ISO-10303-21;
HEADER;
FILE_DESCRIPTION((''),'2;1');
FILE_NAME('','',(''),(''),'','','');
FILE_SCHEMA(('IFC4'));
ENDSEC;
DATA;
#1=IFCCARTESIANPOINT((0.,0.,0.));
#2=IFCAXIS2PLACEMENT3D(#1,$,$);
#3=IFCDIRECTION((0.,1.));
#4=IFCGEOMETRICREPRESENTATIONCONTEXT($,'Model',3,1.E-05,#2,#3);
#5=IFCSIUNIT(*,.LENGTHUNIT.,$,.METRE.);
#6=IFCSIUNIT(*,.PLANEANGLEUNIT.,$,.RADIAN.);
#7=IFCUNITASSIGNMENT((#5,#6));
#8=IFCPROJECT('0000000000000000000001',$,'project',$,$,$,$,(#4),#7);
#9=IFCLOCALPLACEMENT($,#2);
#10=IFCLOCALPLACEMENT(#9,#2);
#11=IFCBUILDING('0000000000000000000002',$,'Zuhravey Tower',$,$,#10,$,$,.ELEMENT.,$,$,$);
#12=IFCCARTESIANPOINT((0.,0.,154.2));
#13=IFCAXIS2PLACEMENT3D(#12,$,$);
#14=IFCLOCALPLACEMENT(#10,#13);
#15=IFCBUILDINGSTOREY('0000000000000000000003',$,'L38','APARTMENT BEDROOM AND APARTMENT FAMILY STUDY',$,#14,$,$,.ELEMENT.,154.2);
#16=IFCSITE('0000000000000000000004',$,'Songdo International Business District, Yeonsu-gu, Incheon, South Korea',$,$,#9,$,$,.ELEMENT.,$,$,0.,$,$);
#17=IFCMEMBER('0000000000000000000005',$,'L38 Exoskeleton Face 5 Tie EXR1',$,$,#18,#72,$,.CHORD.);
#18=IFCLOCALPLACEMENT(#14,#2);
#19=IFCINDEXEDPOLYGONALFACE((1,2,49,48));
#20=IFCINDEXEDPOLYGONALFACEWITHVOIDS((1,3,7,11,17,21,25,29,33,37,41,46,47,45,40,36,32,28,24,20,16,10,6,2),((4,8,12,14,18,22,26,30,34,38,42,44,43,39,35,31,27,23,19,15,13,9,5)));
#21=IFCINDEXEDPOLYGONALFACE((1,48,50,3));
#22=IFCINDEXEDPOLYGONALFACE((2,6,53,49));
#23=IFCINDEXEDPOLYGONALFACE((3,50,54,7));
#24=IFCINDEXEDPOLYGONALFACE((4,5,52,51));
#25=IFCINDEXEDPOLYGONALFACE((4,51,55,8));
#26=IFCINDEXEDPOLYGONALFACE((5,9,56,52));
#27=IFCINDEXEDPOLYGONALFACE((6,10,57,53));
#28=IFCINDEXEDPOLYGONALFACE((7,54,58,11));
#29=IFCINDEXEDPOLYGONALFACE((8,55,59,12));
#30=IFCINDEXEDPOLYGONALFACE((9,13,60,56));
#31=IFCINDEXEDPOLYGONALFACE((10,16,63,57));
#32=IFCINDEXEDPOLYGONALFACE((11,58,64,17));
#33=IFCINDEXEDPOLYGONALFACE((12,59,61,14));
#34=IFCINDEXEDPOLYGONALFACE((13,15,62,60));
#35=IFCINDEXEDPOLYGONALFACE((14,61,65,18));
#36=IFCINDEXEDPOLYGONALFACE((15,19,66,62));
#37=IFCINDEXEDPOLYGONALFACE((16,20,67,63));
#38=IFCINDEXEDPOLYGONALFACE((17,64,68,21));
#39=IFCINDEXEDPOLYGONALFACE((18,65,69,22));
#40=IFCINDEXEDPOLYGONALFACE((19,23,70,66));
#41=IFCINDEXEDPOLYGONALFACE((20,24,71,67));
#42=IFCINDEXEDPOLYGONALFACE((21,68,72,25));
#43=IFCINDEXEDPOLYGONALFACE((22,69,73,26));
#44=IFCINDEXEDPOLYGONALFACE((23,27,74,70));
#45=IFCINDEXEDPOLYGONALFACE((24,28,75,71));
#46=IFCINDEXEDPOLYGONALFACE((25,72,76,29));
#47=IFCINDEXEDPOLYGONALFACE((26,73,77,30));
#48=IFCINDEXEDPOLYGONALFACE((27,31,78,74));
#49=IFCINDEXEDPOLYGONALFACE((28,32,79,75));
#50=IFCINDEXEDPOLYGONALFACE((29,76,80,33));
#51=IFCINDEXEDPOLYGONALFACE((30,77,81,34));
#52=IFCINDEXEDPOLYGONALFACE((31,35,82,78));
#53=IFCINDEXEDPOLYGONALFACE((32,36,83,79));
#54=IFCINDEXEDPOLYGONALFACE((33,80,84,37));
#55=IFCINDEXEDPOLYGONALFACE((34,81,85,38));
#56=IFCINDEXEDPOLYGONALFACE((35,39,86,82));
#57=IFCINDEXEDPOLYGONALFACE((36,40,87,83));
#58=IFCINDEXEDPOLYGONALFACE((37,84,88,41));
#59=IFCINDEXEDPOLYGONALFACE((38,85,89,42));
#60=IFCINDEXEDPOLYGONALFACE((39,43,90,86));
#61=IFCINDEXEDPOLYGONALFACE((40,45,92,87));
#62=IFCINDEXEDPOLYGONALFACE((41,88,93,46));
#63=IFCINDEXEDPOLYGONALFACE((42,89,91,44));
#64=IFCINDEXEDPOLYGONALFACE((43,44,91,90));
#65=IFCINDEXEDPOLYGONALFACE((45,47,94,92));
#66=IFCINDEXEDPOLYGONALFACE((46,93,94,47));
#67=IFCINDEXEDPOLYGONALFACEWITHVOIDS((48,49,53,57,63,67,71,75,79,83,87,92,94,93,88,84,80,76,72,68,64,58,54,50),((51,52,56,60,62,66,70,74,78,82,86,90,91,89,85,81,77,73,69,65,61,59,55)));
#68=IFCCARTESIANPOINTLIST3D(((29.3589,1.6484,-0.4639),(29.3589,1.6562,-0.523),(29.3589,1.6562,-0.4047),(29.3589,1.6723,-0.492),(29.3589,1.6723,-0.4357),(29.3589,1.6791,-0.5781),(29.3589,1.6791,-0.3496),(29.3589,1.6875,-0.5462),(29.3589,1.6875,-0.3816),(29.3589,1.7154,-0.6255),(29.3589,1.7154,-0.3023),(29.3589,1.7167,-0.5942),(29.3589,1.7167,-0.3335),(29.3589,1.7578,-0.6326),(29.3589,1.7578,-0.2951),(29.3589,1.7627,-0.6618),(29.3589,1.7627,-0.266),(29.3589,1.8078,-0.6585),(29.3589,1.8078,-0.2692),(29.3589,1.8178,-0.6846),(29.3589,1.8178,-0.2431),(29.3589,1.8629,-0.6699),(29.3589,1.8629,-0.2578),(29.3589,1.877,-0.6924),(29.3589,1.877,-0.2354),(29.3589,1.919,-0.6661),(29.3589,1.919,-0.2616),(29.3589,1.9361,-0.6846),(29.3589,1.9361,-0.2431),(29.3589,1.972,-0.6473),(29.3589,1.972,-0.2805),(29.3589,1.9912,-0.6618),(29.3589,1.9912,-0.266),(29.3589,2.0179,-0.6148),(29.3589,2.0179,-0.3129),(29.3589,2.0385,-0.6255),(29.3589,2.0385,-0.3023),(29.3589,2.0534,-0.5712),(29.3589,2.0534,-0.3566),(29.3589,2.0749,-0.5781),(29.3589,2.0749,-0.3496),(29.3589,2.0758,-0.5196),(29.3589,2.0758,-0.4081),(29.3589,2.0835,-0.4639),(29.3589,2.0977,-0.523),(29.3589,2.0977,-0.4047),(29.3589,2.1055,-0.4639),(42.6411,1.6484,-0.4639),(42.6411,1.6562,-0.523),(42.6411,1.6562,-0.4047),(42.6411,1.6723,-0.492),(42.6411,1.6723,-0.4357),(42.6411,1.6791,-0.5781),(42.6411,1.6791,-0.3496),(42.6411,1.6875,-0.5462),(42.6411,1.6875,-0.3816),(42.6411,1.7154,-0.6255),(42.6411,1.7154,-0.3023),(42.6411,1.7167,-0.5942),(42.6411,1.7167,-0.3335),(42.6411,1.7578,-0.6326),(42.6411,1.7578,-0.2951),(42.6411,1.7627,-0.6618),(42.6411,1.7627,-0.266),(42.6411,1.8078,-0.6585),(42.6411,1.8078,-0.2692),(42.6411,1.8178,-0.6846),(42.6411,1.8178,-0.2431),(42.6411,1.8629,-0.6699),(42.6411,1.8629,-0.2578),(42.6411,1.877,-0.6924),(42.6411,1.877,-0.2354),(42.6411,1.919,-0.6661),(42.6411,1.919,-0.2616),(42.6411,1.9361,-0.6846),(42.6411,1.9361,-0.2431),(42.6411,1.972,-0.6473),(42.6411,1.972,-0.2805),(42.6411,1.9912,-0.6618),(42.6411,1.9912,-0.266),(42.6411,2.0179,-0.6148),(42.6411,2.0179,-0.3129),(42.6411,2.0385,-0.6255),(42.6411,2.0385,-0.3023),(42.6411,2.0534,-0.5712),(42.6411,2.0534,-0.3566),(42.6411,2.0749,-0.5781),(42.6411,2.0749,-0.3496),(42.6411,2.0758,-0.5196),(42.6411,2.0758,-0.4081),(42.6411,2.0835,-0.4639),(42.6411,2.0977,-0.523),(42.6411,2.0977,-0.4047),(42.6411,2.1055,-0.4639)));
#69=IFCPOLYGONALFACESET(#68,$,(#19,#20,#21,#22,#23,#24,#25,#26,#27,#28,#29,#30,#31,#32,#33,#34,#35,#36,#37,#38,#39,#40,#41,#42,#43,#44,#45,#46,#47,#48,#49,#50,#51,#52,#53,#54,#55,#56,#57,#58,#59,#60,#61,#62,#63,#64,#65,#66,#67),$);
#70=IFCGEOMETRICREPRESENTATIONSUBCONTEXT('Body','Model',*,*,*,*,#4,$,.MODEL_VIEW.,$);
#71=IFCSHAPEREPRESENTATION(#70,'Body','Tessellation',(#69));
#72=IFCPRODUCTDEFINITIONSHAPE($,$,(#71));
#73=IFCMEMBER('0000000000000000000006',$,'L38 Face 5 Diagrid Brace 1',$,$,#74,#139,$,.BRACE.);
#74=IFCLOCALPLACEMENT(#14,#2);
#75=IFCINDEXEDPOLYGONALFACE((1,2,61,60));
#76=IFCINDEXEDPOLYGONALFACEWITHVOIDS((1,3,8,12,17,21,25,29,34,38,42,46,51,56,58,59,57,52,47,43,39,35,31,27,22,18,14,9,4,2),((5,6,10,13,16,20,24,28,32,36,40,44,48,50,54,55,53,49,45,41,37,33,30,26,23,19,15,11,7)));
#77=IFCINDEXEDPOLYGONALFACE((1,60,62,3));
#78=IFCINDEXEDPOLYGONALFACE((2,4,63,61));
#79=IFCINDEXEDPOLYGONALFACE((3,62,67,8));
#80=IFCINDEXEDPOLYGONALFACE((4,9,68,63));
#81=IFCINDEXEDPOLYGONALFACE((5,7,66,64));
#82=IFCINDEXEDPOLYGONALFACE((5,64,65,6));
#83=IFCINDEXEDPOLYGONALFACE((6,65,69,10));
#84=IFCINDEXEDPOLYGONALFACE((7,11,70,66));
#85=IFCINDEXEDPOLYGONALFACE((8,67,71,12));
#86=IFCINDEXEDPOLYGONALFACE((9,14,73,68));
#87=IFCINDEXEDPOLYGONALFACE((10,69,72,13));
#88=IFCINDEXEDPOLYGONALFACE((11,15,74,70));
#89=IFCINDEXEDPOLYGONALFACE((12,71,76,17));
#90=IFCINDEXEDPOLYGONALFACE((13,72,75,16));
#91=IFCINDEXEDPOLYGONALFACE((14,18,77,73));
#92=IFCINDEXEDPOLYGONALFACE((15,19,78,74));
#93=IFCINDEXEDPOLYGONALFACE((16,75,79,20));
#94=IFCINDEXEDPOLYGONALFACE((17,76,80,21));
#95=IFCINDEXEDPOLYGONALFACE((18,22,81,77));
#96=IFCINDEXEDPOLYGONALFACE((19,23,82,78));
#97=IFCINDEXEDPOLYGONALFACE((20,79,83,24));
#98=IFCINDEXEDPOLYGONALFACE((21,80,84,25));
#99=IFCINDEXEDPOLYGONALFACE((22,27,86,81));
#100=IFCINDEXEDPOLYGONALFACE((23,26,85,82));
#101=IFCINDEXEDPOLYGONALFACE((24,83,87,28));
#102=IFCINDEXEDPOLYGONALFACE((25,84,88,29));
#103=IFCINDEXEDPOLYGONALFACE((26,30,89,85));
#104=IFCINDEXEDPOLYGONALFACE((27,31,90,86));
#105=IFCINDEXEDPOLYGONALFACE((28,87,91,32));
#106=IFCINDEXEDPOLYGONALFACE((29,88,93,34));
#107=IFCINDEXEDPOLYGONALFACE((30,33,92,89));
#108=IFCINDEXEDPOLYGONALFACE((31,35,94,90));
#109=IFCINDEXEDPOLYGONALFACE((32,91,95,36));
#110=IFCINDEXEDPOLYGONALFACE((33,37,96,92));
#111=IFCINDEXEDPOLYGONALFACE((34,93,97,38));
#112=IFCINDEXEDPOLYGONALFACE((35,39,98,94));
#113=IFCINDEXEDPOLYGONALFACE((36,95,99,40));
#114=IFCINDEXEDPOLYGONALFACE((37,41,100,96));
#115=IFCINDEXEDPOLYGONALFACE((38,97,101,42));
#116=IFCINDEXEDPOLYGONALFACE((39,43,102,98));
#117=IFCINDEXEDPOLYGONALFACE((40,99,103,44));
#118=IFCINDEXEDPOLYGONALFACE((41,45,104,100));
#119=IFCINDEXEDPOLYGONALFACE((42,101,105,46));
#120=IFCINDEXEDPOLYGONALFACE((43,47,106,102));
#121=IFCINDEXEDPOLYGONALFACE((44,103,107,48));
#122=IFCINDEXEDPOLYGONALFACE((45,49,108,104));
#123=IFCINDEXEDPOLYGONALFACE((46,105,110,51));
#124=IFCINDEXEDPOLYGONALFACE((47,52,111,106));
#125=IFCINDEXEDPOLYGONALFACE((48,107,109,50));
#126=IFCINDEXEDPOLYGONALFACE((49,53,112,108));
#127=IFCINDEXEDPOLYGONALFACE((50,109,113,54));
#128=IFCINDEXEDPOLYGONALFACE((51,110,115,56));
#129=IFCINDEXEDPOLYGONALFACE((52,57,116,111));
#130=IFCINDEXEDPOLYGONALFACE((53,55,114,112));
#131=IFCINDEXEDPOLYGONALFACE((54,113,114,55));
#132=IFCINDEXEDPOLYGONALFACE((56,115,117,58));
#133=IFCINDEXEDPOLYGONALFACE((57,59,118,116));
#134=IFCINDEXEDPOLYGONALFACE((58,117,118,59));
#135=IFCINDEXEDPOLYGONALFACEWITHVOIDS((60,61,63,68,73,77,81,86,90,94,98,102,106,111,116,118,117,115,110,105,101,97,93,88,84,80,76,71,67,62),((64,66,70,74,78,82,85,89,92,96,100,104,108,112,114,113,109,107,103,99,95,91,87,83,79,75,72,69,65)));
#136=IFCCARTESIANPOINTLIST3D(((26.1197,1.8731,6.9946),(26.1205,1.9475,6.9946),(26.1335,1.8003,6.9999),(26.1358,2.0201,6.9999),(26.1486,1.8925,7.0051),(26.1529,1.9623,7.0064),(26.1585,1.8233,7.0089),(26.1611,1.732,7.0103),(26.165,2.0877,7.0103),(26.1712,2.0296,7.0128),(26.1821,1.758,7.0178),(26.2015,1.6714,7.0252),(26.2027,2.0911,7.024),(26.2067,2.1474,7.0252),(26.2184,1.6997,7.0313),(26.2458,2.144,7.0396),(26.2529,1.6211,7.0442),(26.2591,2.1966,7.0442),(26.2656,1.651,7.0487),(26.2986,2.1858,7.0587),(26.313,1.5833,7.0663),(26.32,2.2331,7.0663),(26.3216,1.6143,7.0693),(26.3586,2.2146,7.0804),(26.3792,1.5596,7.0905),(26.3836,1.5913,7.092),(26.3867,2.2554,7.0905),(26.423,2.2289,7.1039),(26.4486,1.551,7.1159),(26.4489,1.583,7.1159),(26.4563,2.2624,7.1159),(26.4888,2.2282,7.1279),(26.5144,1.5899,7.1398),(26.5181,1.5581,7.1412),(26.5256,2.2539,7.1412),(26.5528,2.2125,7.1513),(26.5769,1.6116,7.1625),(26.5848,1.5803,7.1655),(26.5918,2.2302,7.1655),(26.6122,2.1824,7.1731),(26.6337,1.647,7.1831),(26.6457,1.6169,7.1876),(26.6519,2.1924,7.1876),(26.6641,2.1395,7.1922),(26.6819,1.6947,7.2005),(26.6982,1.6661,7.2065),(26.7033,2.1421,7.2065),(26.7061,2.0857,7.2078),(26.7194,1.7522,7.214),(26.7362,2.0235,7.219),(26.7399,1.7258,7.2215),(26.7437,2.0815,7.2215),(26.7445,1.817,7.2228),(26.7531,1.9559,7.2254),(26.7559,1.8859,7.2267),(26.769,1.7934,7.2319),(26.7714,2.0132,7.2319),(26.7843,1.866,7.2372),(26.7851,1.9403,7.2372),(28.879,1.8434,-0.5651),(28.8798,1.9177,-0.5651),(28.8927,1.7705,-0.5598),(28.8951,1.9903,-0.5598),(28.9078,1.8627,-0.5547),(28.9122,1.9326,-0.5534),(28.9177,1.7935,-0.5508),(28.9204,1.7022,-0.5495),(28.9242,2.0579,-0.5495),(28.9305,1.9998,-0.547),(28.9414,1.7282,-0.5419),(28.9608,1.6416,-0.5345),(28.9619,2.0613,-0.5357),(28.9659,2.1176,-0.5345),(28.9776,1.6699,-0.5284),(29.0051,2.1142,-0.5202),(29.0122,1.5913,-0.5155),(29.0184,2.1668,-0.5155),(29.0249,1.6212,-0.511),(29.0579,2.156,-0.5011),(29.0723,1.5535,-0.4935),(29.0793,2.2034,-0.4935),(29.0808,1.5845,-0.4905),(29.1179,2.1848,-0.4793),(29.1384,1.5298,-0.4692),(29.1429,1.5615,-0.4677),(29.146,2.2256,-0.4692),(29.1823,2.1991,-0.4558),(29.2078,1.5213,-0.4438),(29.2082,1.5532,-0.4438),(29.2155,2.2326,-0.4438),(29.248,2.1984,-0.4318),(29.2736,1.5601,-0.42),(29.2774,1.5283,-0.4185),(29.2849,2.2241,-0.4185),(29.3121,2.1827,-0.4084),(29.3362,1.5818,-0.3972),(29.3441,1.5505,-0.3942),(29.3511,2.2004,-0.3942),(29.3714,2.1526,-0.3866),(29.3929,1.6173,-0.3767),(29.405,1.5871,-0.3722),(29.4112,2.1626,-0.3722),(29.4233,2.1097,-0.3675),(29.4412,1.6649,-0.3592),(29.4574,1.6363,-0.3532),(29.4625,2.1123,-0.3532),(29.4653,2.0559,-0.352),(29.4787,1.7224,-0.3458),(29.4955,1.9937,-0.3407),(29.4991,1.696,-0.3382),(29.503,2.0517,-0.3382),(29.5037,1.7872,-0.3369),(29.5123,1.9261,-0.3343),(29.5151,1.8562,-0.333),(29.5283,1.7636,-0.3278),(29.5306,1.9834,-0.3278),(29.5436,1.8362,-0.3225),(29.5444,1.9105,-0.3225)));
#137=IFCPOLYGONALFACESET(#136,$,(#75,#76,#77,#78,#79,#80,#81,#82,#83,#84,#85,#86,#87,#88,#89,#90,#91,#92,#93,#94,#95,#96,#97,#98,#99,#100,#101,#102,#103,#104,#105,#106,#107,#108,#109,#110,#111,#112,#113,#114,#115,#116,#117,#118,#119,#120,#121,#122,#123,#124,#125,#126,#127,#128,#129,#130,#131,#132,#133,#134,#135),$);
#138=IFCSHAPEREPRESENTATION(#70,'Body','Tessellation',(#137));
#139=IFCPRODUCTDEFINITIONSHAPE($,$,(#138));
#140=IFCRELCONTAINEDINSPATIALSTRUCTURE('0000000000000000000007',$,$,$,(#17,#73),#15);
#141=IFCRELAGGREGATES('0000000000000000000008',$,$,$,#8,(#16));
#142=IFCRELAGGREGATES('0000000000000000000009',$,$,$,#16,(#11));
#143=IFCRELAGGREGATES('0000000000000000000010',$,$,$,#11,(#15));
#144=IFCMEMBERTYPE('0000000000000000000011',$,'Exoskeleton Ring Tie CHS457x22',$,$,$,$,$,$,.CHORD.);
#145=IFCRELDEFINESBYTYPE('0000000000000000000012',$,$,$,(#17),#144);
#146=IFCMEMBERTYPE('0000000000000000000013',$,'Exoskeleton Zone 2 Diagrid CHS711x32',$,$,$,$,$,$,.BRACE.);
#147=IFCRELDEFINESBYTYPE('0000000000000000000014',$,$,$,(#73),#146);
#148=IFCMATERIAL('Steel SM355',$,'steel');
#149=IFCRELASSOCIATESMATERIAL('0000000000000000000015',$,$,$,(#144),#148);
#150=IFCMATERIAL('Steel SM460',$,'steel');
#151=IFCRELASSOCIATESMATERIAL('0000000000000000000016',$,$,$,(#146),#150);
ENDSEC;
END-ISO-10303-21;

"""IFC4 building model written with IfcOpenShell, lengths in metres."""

from ifc_helpers import new_model, si_unit, direction, frame, origin, origin_2d, place, context, subcontext, project, spatial, hollow_circle, extrude, material, material_profile, profile_set, type_object, element, save


model = new_model("IFC4")

# Units and contexts
model_context = context("Model", 3, precision=1e-05, world=origin(), true_north=direction((0.0, 1.0)))
body_context = subcontext(model_context, "Body", "Model", "MODEL_VIEW")
ifc_project = project(units=[si_unit("LENGTHUNIT", "METRE"), si_unit("PLANEANGLEUNIT", "RADIAN")], contexts=[model_context])

# Site, building, storey
site_placement = place(None, origin())
site = spatial("IfcSite", under=ifc_project, at=site_placement, Name="Songdo International Business District, Yeonsu-gu, Incheon, South Korea", CompositionType="ELEMENT", RefElevation=0.0)
building_placement = place(site_placement, origin())
building = spatial("IfcBuilding", under=site, at=building_placement, Name="Zuhravey Tower", CompositionType="ELEMENT")
storey_placement = place(building_placement, frame((0.0, 0.0, 154.2)))
storey = spatial("IfcBuildingStorey", under=building, at=storey_placement, Name="L38", Description="APARTMENT BEDROOM AND APARTMENT FAMILY STUDY", CompositionType="ELEMENT", Elevation=154.2)

# Members
ifc_material_1 = material(Name="Steel SM355", Category="steel")
ifc_material_profile_1 = material_profile(ifc_material_1, hollow_circle(Radius=0.2285, WallThickness=0.022, at=origin_2d()), Name="CHS-457.2x22")
ifc_profile_set_1 = profile_set([ifc_material_profile_1], Name="Steel SM355")
member_type_1 = type_object("IfcMemberType", Name="Exoskeleton Ring Tie CHS457x22", PredefinedType="CHORD", material=ifc_profile_set_1)
member_1_placement = place(storey_placement, frame((29.3589, 1.877, -0.4639), z_axis=(1.0, 0.0, 0.0), x_axis=(0.0, 1.0, 0.0)))
element("IfcMember", 1, at=member_1_placement, inside=storey, type_object=member_type_1, Name="L38 Exoskeleton Face 5 Tie EXR1", PredefinedType="CHORD", context=body_context, shape_type="SweptSolid", body=[
    extrude(hollow_circle(Radius=0.2285, WallThickness=0.022, at=origin_2d()), origin(), (0.0, 0.0, 1.0), 13.2822),
])
ifc_material_2 = material(Name="Steel SM460", Category="steel")
ifc_material_profile_2 = material_profile(ifc_material_2, hollow_circle(Radius=0.3557, WallThickness=0.032, at=origin_2d()), Name="CHS-711.2x32")
ifc_profile_set_2 = profile_set([ifc_material_profile_2], Name="Steel SM460")
member_type_2 = type_object("IfcMemberType", Name="Exoskeleton Zone 2 Diagrid CHS711x32", PredefinedType="BRACE", material=ifc_profile_set_2)
member_2_placement = place(storey_placement, frame((29.2117, 1.877, -0.4438), z_axis=(-0.342866, 0.003701, 0.939377), x_axis=(-0.010794, -0.999942, 0.0)))
element("IfcMember", 2, at=member_2_placement, inside=storey, type_object=member_type_2, Name="L38 Face 5 Diagrid Brace 1", PredefinedType="BRACE", context=body_context, shape_type="SweptSolid", body=[
    extrude(hollow_circle(Radius=0.3557, WallThickness=0.032, at=origin_2d()), origin(), (0.0, 0.0, 1.0), 8.0476),
])

save(model, "model.ifc")
